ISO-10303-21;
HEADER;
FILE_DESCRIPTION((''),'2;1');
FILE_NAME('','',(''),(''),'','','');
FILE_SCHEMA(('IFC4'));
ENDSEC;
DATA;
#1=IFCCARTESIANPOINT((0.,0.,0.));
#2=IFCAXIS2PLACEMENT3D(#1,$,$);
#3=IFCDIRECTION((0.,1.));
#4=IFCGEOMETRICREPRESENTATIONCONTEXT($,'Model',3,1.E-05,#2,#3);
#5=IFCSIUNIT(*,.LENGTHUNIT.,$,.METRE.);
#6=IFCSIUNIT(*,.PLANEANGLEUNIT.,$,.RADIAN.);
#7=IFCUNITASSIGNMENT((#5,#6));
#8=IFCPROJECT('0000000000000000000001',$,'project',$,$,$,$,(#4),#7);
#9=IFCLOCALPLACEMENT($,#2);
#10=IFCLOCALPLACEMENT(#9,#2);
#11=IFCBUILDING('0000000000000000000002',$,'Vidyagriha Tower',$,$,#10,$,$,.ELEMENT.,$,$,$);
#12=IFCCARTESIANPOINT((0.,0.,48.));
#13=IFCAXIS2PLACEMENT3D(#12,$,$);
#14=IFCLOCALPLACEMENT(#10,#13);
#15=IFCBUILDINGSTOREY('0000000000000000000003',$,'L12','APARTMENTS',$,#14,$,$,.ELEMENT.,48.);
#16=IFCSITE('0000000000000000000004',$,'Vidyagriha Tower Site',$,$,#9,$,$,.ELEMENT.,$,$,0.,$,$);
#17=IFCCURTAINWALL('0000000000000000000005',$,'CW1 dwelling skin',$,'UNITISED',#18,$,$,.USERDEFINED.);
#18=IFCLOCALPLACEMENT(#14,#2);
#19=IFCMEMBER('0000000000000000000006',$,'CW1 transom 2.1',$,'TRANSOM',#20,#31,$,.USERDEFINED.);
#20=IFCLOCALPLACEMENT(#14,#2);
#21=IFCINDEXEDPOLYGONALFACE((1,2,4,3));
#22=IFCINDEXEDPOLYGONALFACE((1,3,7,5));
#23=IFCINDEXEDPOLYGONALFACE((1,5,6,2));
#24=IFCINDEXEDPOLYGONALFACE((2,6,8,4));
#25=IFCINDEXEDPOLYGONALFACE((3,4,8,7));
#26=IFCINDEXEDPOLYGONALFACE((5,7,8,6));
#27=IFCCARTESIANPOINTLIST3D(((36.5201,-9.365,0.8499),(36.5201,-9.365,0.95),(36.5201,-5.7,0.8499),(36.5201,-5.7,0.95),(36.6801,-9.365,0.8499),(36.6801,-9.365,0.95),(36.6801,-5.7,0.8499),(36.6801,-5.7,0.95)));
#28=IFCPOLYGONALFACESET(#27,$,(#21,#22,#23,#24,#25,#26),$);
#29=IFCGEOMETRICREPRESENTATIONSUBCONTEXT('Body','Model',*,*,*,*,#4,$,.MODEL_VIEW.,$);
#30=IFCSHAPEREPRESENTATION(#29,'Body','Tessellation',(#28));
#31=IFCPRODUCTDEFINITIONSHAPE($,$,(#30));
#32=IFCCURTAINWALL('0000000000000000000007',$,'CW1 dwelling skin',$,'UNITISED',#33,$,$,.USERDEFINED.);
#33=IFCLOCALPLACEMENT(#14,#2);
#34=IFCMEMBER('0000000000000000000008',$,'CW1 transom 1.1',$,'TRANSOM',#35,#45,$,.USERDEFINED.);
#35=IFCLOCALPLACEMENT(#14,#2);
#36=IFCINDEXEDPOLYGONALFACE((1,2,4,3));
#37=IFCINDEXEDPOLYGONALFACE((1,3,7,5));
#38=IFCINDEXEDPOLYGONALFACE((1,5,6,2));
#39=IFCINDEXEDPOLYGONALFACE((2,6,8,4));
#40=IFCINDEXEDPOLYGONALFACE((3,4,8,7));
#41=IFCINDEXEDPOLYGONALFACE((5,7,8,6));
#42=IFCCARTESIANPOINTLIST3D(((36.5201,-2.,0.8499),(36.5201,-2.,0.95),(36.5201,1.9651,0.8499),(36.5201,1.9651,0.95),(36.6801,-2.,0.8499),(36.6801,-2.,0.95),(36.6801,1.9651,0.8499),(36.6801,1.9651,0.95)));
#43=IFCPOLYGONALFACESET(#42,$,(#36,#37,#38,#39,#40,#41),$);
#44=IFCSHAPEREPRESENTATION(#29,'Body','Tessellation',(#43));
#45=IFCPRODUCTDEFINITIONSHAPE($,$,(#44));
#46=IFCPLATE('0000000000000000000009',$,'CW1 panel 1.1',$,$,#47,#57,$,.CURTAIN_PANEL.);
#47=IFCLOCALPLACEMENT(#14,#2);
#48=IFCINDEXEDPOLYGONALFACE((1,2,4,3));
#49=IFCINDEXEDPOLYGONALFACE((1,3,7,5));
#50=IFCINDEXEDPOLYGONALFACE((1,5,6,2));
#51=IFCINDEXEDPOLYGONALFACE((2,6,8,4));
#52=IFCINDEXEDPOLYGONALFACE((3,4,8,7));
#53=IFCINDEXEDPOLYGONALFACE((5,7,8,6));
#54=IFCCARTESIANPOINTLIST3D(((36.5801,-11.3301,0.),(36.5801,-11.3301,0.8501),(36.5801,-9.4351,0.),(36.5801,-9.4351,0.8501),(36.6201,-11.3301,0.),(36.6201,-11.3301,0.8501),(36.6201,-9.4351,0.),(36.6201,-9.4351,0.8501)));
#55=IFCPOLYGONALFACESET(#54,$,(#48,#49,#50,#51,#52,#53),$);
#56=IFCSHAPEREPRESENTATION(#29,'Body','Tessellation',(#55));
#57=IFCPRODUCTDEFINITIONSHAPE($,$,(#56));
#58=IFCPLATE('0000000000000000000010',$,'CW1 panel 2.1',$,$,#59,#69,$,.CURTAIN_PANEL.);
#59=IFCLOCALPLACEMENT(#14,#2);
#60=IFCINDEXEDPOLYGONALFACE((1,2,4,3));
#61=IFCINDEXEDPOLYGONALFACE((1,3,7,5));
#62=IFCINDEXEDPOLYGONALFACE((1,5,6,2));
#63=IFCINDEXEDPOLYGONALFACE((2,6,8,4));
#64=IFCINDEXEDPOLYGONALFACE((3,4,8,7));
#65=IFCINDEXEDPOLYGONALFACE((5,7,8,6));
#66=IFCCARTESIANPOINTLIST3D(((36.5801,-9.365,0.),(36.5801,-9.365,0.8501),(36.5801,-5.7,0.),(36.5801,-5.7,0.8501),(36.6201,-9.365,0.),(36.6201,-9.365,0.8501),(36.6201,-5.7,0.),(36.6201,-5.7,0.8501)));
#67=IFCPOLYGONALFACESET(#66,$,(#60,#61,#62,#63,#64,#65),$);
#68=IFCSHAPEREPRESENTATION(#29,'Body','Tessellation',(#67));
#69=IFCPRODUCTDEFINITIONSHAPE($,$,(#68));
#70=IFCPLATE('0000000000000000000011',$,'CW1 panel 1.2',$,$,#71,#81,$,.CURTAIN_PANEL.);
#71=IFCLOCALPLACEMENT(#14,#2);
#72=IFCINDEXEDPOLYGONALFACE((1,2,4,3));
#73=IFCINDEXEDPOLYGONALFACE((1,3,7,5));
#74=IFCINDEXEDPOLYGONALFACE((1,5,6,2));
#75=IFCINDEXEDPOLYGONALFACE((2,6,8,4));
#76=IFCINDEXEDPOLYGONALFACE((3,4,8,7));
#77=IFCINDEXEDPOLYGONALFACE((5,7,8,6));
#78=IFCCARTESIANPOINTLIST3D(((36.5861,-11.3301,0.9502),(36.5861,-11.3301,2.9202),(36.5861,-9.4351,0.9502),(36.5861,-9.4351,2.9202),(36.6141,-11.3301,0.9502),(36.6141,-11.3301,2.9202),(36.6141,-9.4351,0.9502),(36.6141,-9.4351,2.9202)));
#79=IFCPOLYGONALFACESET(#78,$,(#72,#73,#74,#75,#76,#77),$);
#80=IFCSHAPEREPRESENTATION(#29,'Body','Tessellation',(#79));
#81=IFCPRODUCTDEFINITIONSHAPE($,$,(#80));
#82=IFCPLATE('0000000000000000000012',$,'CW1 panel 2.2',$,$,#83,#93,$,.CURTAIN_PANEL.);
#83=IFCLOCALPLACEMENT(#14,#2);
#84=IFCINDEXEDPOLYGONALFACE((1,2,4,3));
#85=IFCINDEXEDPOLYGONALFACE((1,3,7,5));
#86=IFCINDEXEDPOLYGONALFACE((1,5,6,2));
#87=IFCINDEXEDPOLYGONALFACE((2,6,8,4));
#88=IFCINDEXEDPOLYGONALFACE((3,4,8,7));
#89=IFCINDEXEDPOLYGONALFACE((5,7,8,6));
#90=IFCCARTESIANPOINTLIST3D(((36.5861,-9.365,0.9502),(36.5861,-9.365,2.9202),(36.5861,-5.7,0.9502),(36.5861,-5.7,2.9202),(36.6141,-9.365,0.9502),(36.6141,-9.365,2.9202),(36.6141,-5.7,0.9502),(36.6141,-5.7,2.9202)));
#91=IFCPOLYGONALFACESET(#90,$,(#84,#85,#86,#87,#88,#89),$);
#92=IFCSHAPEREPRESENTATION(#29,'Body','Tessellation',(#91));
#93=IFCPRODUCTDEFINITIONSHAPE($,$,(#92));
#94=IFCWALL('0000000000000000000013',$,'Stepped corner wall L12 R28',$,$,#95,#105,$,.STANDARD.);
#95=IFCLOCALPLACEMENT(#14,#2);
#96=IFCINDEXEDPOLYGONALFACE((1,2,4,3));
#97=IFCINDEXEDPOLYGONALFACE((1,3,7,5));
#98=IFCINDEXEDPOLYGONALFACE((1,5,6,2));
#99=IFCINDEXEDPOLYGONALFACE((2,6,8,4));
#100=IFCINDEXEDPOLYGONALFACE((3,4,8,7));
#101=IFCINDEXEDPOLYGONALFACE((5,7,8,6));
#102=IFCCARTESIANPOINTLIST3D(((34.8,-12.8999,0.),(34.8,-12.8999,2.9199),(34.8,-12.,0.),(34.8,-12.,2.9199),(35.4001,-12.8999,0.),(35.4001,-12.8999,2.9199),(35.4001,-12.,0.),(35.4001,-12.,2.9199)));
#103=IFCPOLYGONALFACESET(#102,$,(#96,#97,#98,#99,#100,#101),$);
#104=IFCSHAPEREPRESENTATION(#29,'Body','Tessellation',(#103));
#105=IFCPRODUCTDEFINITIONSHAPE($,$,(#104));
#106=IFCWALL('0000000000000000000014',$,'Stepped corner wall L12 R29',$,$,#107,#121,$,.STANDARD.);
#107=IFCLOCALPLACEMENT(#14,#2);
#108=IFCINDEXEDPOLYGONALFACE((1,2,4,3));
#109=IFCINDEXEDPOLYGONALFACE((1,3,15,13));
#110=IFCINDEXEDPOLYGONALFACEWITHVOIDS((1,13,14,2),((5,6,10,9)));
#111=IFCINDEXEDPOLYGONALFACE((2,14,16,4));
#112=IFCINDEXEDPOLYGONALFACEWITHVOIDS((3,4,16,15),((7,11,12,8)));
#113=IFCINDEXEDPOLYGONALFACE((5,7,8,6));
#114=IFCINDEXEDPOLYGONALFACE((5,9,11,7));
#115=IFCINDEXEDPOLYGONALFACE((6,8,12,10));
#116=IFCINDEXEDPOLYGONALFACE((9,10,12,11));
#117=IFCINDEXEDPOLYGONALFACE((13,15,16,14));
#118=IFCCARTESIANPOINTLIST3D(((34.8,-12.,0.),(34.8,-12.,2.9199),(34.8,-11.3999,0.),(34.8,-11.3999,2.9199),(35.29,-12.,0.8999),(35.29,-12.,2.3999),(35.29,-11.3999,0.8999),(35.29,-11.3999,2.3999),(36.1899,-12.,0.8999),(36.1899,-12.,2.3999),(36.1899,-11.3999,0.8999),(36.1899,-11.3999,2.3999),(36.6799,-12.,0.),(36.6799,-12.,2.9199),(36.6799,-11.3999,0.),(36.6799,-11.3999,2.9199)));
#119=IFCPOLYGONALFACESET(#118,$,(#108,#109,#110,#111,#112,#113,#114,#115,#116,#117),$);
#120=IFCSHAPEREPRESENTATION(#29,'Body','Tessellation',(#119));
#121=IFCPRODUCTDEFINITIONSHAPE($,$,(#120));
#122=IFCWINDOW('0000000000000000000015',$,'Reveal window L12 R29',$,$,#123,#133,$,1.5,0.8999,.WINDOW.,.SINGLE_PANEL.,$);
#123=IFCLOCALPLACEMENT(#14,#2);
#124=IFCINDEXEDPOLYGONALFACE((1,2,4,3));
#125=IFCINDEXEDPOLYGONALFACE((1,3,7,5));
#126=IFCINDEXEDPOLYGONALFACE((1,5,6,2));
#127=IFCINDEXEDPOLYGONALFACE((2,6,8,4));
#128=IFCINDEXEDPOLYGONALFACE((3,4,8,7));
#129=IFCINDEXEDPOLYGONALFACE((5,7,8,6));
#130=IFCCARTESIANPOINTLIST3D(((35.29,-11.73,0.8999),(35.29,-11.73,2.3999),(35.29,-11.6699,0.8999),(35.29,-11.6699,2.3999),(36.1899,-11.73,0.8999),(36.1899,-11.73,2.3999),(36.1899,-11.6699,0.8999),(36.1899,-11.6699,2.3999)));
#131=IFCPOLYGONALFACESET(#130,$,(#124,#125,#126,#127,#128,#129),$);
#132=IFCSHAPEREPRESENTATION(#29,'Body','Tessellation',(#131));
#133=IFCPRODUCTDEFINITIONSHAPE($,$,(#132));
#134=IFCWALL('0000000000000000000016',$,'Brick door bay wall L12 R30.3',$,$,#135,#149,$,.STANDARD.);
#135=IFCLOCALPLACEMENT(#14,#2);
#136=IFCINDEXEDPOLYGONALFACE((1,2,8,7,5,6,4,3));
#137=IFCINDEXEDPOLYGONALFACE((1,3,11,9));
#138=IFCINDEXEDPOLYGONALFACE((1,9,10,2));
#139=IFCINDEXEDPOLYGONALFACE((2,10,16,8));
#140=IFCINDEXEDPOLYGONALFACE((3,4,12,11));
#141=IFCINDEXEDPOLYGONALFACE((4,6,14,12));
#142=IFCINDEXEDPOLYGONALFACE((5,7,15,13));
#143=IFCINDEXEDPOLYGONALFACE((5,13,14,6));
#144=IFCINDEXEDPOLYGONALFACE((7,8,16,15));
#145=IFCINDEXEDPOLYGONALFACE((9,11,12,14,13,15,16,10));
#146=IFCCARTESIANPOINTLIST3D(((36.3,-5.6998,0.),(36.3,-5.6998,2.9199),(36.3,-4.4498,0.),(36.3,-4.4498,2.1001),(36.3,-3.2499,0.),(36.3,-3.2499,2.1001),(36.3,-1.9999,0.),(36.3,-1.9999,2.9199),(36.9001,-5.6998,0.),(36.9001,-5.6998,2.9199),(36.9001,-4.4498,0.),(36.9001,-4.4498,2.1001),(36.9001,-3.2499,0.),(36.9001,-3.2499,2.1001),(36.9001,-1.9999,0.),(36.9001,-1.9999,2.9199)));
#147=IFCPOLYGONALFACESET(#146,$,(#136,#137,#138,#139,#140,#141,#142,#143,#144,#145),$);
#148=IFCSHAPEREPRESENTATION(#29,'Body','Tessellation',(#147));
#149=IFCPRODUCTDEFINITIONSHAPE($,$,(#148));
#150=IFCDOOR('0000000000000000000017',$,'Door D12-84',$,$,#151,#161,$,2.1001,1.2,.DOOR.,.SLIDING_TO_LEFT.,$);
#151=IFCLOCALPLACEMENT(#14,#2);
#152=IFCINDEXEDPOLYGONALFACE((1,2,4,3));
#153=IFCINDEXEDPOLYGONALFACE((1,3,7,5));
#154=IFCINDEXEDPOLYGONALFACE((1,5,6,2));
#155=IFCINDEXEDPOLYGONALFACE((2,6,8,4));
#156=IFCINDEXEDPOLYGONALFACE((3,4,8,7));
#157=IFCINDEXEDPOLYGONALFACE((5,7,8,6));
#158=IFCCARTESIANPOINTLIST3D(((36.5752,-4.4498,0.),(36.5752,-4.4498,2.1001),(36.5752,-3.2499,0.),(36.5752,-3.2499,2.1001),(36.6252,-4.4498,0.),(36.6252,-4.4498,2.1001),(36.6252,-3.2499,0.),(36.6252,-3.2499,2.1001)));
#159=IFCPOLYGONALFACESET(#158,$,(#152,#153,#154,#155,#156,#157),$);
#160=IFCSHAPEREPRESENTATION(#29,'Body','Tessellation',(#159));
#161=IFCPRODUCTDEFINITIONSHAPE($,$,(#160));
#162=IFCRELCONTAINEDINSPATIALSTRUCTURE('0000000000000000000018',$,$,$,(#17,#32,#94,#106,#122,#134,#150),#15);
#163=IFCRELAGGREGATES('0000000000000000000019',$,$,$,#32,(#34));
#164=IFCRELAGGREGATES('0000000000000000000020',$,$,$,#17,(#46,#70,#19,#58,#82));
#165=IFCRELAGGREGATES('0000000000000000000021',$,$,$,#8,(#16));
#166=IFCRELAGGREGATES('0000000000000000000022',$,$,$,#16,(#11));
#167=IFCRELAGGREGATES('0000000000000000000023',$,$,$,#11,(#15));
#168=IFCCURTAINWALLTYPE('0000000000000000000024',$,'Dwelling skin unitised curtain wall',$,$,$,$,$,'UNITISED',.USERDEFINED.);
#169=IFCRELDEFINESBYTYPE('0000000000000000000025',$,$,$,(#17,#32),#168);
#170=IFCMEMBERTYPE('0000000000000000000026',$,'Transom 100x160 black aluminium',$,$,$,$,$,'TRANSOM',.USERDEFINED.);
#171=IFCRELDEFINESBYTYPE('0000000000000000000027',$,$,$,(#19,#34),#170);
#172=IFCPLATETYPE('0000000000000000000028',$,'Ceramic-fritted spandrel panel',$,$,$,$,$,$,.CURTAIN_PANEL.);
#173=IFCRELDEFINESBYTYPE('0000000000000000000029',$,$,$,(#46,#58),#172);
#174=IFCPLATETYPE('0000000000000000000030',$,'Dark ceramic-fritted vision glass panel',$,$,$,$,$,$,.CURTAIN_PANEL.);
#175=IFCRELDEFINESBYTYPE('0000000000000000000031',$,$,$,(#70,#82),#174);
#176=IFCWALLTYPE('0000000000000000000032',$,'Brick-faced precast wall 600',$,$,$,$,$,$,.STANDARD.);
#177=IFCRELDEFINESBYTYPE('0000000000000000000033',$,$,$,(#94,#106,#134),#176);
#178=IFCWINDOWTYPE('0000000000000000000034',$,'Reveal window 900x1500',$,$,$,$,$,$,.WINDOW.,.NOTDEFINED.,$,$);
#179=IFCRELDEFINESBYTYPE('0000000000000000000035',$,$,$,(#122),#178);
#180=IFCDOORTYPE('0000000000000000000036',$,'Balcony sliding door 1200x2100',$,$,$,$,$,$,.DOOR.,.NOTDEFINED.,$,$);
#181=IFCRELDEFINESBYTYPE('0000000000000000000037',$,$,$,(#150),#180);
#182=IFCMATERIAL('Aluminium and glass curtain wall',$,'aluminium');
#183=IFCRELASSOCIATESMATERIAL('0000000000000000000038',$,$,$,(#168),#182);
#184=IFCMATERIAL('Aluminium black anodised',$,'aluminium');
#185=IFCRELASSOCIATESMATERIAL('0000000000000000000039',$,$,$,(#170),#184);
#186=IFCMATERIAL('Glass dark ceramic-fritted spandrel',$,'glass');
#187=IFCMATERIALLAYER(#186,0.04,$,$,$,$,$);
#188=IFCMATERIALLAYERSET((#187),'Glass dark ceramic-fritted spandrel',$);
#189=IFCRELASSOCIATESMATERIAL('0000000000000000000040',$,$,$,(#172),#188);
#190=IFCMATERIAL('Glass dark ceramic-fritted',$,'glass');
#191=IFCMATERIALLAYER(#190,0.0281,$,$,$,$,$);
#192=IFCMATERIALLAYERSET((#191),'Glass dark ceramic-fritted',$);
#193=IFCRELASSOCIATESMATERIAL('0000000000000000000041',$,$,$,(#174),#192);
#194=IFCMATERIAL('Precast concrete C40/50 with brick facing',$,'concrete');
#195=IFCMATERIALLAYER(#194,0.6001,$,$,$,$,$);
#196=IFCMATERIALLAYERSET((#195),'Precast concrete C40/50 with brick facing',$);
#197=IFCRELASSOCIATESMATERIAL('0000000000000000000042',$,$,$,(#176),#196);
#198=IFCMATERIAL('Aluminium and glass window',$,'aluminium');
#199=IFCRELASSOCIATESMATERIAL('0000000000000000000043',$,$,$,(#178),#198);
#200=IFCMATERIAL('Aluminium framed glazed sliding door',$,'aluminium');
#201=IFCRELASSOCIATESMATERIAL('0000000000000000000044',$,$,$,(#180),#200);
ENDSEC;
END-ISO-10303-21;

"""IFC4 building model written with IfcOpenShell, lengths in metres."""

from ifc_helpers import new_model, si_unit, direction, frame, frame_2d, origin, origin_2d, place, context, subcontext, project, spatial, rectangle, extrude, material, layer, layer_set, material_profile, profile_set, type_object, element, fill, aggregate, save


model = new_model("IFC4")

# Units and contexts
model_context = context("Model", 3, precision=1e-05, world=origin(), true_north=direction((0.0, 1.0)))
body_context = subcontext(model_context, "Body", "Model", "MODEL_VIEW")
ifc_project = project(units=[si_unit("LENGTHUNIT", "METRE"), si_unit("PLANEANGLEUNIT", "RADIAN")], contexts=[model_context])

# Site, building, storey
site_placement = place(None, origin())
site = spatial("IfcSite", under=ifc_project, at=site_placement, Name="Vidyagriha Tower Site", CompositionType="ELEMENT", RefElevation=0.0)
building_placement = place(site_placement, origin())
building = spatial("IfcBuilding", under=site, at=building_placement, Name="Vidyagriha Tower", CompositionType="ELEMENT")
storey_placement = place(building_placement, frame((0.0, 0.0, 48.0)))
storey = spatial("IfcBuildingStorey", under=building, at=storey_placement, Name="L12", Description="APARTMENTS", CompositionType="ELEMENT", Elevation=48.0)

# Curtain wall, member
ifc_material_1 = material(Name="Aluminium and glass curtain wall", Category="aluminium")
curtain_wall_type = type_object("IfcCurtainWallType", Name="Dwelling skin unitised curtain wall", ElementType="UNITISED", PredefinedType="USERDEFINED", material=ifc_material_1)
curtain_wall_1_placement = place(storey_placement, origin())
curtain_wall_1 = element("IfcCurtainWall", 1, at=curtain_wall_1_placement, inside=storey, type_object=curtain_wall_type, Name="CW1 dwelling skin", ObjectType="UNITISED", PredefinedType="USERDEFINED")
ifc_material_2 = material(Name="Aluminium black anodised", Category="aluminium")
ifc_material_profile_1 = material_profile(ifc_material_2, rectangle(XDim=0.1599, YDim=0.1001, at=origin_2d()), Name="Transom 100x160 black aluminium")
ifc_profile_set_1 = profile_set([ifc_material_profile_1], Name="Aluminium black anodised")
member_type_1 = type_object("IfcMemberType", Name="Transom 100x160 black aluminium", ElementType="TRANSOM", PredefinedType="USERDEFINED", material=ifc_profile_set_1)
member_1_placement = place(storey_placement, frame((36.6001, -9.365, 0.8999), z_axis=(0.0, 1.0, 0.0), x_axis=(-1.0, 0.0, 0.0)))
member_1 = element("IfcMember", 2, at=member_1_placement, type_object=member_type_1, Name="CW1 transom 2.1", ObjectType="TRANSOM", PredefinedType="USERDEFINED", context=body_context, shape_type="SweptSolid", body=[
    extrude(rectangle(XDim=0.1599, YDim=0.1001, at=origin_2d()), origin(), (0.0, 0.0, 1.0), 3.665),
])

# Curtain wall, member
curtain_wall_2_placement = place(storey_placement, origin())
curtain_wall_2 = element("IfcCurtainWall", 3, at=curtain_wall_2_placement, inside=storey, type_object=curtain_wall_type, Name="CW1 dwelling skin", ObjectType="UNITISED", PredefinedType="USERDEFINED")
member_2_placement = place(storey_placement, frame((36.6001, -2.0, 0.8999), z_axis=(0.0, 1.0, 0.0), x_axis=(-1.0, 0.0, 0.0)))
member_2 = element("IfcMember", 4, at=member_2_placement, type_object=member_type_1, Name="CW1 transom 1.1", ObjectType="TRANSOM", PredefinedType="USERDEFINED", context=body_context, shape_type="SweptSolid", body=[
    extrude(rectangle(XDim=0.1599, YDim=0.1001, at=origin_2d()), origin(), (0.0, 0.0, 1.0), 3.9651),
])
aggregate(curtain_wall_2, [member_2])

# Plates
ifc_material_3 = material(Name="Glass dark ceramic-fritted spandrel", Category="glass")
ifc_layer_1 = layer(ifc_material_3, 0.04)
ifc_layer_set_1 = layer_set([ifc_layer_1], Name="Glass dark ceramic-fritted spandrel")
plate_type_1 = type_object("IfcPlateType", Name="Ceramic-fritted spandrel panel", PredefinedType="CURTAIN_PANEL", material=ifc_layer_set_1)
plate_1_placement = place(storey_placement, frame((36.6001, -10.3826, 0.0), z_axis=(0.0, 0.0, 1.0), x_axis=(0.0, 1.0, 0.0)))
plate_1 = element("IfcPlate", 5, at=plate_1_placement, type_object=plate_type_1, Name="CW1 panel 1.1", PredefinedType="CURTAIN_PANEL", context=body_context, shape_type="SweptSolid", body=[
    extrude(rectangle(XDim=1.895, YDim=0.04, at=origin_2d()), origin(), (0.0, 0.0, 1.0), 0.8501),
])
plate_2_placement = place(storey_placement, frame((36.6001, -7.5325, 0.0), z_axis=(0.0, 0.0, 1.0), x_axis=(0.0, 1.0, 0.0)))
plate_2 = element("IfcPlate", 6, at=plate_2_placement, type_object=plate_type_1, Name="CW1 panel 2.1", PredefinedType="CURTAIN_PANEL", context=body_context, shape_type="SweptSolid", body=[
    extrude(rectangle(XDim=3.665, YDim=0.04, at=origin_2d()), origin(), (0.0, 0.0, 1.0), 0.8501),
])
ifc_material_4 = material(Name="Glass dark ceramic-fritted", Category="glass")
ifc_layer_2 = layer(ifc_material_4, 0.0281)
ifc_layer_set_2 = layer_set([ifc_layer_2], Name="Glass dark ceramic-fritted")
plate_type_2 = type_object("IfcPlateType", Name="Dark ceramic-fritted vision glass panel", PredefinedType="CURTAIN_PANEL", material=ifc_layer_set_2)
plate_3_placement = place(storey_placement, frame((36.6001, -10.3826, 0.9502), z_axis=(0.0, 0.0, 1.0), x_axis=(0.0, 1.0, 0.0)))
plate_3 = element("IfcPlate", 7, at=plate_3_placement, type_object=plate_type_2, Name="CW1 panel 1.2", PredefinedType="CURTAIN_PANEL", context=body_context, shape_type="SweptSolid", body=[
    extrude(rectangle(XDim=1.895, YDim=0.0281, at=origin_2d()), origin(), (0.0, 0.0, 1.0), 1.97),
])
plate_4_placement = place(storey_placement, frame((36.6001, -7.5325, 0.9502), z_axis=(0.0, 0.0, 1.0), x_axis=(0.0, 1.0, 0.0)))
plate_4 = element("IfcPlate", 8, at=plate_4_placement, type_object=plate_type_2, Name="CW1 panel 2.2", PredefinedType="CURTAIN_PANEL", context=body_context, shape_type="SweptSolid", body=[
    extrude(rectangle(XDim=3.665, YDim=0.0281, at=origin_2d()), origin(), (0.0, 0.0, 1.0), 1.97),
])
aggregate(curtain_wall_1, [plate_1, plate_3, member_1, plate_2, plate_4])

# Wall
ifc_material_5 = material(Name="Precast concrete C40/50 with brick facing", Category="concrete")
ifc_layer_3 = layer(ifc_material_5, 0.6001)
ifc_layer_set_3 = layer_set([ifc_layer_3], Name="Precast concrete C40/50 with brick facing")
wall_type_1 = type_object("IfcWallType", Name="Brick-faced precast wall 600", PredefinedType="STANDARD", material=ifc_layer_set_3)
wall_1_placement = place(storey_placement, frame((35.1001, -12.8999, 0.0), z_axis=(0.0, 0.0, 1.0), x_axis=(0.0, 1.0, 0.0)))
element("IfcWall", 9, at=wall_1_placement, inside=storey, type_object=wall_type_1, Name="Stepped corner wall L12 R28", PredefinedType="STANDARD", context=body_context, shape_type="SweptSolid", body=[
    extrude(rectangle(XDim=0.8999, YDim=0.6001, at=frame_2d((0.45, 0.0))), origin(), (0.0, 0.0, 1.0), 2.9199),
])

# Wall, opening, window
wall_2_placement = place(storey_placement, frame((34.8, -11.7, 0.0)))
wall_2 = element("IfcWall", 10, at=wall_2_placement, inside=storey, type_object=wall_type_1, Name="Stepped corner wall L12 R29", PredefinedType="STANDARD", context=body_context, shape_type="SweptSolid", body=[
    extrude(rectangle(XDim=1.8799, YDim=0.6001, at=frame_2d((0.9399, 0.0))), origin(), (0.0, 0.0, 1.0), 2.9199),
])
opening_1_placement = place(wall_2_placement, frame((0.49, 0.0, 0.8999)))
opening_1 = element("IfcOpeningElement", 11, at=opening_1_placement, cuts=wall_2, PredefinedType="OPENING", context=body_context, shape_type="SweptSolid", body=[
    extrude(rectangle(XDim=0.8999, YDim=1.5, at=frame_2d((0.45, 0.75))), frame((0.0, 0.3101, 0.0), z_axis=(0.0, -1.0, 0.0), x_axis=(1.0, 0.0, 0.0)), (0.0, 0.0, 1.0), 0.6201),
])
ifc_material_6 = material(Name="Aluminium and glass window", Category="aluminium")
window_type = type_object("IfcWindowType", Name="Reveal window 900x1500", PartitioningType="NOTDEFINED", PredefinedType="WINDOW", material=ifc_material_6)
window_placement = place(opening_1_placement, origin())
window = element("IfcWindow", 12, at=window_placement, inside=storey, type_object=window_type, Name="Reveal window L12 R29", OverallHeight=1.5, OverallWidth=0.8999, PartitioningType="SINGLE_PANEL", PredefinedType="WINDOW", context=body_context, shape_type="SweptSolid", body=[
    extrude(rectangle(XDim=0.8999, YDim=1.5, at=frame_2d((0.45, 0.75))), frame((0.0, 0.03, 0.0), z_axis=(0.0, -1.0, 0.0), x_axis=(1.0, 0.0, 0.0)), (0.0, 0.0, 1.0), 0.0601),
])
fill(opening_1, window)

# Wall, opening, door
wall_3_placement = place(storey_placement, frame((36.6001, -5.7, 0.0), z_axis=(0.0, 0.0, 1.0), x_axis=(0.0, 1.0, 0.0)))
wall_3 = element("IfcWall", 13, at=wall_3_placement, inside=storey, type_object=wall_type_1, Name="Brick door bay wall L12 R30.3", PredefinedType="STANDARD", context=body_context, shape_type="SweptSolid", body=[
    extrude(rectangle(XDim=3.7, YDim=0.6001, at=frame_2d((1.8501, 0.0))), origin(), (0.0, 0.0, 1.0), 2.9199),
])
opening_2_placement = place(wall_3_placement, frame((1.25, 0.0, 0.0)))
opening_2 = element("IfcOpeningElement", 14, at=opening_2_placement, cuts=wall_3, PredefinedType="OPENING", context=body_context, shape_type="SweptSolid", body=[
    extrude(rectangle(XDim=1.2, YDim=2.1001, at=frame_2d((0.6001, 1.05))), frame((0.0, 0.3101, 0.0), z_axis=(0.0, -1.0, 0.0), x_axis=(1.0, 0.0, 0.0)), (0.0, 0.0, 1.0), 0.6201),
])
ifc_material_7 = material(Name="Aluminium framed glazed sliding door", Category="aluminium")
door_type_1 = type_object("IfcDoorType", Name="Balcony sliding door 1200x2100", OperationType="NOTDEFINED", PredefinedType="DOOR", material=ifc_material_7)
door_1_placement = place(opening_2_placement, origin())
door_1 = element("IfcDoor", 15, at=door_1_placement, inside=storey, type_object=door_type_1, Name="Door D12-84", OperationType="SLIDING_TO_LEFT", OverallHeight=2.1001, OverallWidth=1.2, PredefinedType="DOOR", context=body_context, shape_type="SweptSolid", body=[
    extrude(rectangle(XDim=1.2, YDim=2.1001, at=frame_2d((0.6001, 1.05))), frame((0.0, 0.0249, 0.0), z_axis=(0.0, -1.0, 0.0), x_axis=(1.0, 0.0, 0.0)), (0.0, 0.0, 1.0), 0.05),
])
fill(opening_2, door_1)

save(model, "model.ifc")
